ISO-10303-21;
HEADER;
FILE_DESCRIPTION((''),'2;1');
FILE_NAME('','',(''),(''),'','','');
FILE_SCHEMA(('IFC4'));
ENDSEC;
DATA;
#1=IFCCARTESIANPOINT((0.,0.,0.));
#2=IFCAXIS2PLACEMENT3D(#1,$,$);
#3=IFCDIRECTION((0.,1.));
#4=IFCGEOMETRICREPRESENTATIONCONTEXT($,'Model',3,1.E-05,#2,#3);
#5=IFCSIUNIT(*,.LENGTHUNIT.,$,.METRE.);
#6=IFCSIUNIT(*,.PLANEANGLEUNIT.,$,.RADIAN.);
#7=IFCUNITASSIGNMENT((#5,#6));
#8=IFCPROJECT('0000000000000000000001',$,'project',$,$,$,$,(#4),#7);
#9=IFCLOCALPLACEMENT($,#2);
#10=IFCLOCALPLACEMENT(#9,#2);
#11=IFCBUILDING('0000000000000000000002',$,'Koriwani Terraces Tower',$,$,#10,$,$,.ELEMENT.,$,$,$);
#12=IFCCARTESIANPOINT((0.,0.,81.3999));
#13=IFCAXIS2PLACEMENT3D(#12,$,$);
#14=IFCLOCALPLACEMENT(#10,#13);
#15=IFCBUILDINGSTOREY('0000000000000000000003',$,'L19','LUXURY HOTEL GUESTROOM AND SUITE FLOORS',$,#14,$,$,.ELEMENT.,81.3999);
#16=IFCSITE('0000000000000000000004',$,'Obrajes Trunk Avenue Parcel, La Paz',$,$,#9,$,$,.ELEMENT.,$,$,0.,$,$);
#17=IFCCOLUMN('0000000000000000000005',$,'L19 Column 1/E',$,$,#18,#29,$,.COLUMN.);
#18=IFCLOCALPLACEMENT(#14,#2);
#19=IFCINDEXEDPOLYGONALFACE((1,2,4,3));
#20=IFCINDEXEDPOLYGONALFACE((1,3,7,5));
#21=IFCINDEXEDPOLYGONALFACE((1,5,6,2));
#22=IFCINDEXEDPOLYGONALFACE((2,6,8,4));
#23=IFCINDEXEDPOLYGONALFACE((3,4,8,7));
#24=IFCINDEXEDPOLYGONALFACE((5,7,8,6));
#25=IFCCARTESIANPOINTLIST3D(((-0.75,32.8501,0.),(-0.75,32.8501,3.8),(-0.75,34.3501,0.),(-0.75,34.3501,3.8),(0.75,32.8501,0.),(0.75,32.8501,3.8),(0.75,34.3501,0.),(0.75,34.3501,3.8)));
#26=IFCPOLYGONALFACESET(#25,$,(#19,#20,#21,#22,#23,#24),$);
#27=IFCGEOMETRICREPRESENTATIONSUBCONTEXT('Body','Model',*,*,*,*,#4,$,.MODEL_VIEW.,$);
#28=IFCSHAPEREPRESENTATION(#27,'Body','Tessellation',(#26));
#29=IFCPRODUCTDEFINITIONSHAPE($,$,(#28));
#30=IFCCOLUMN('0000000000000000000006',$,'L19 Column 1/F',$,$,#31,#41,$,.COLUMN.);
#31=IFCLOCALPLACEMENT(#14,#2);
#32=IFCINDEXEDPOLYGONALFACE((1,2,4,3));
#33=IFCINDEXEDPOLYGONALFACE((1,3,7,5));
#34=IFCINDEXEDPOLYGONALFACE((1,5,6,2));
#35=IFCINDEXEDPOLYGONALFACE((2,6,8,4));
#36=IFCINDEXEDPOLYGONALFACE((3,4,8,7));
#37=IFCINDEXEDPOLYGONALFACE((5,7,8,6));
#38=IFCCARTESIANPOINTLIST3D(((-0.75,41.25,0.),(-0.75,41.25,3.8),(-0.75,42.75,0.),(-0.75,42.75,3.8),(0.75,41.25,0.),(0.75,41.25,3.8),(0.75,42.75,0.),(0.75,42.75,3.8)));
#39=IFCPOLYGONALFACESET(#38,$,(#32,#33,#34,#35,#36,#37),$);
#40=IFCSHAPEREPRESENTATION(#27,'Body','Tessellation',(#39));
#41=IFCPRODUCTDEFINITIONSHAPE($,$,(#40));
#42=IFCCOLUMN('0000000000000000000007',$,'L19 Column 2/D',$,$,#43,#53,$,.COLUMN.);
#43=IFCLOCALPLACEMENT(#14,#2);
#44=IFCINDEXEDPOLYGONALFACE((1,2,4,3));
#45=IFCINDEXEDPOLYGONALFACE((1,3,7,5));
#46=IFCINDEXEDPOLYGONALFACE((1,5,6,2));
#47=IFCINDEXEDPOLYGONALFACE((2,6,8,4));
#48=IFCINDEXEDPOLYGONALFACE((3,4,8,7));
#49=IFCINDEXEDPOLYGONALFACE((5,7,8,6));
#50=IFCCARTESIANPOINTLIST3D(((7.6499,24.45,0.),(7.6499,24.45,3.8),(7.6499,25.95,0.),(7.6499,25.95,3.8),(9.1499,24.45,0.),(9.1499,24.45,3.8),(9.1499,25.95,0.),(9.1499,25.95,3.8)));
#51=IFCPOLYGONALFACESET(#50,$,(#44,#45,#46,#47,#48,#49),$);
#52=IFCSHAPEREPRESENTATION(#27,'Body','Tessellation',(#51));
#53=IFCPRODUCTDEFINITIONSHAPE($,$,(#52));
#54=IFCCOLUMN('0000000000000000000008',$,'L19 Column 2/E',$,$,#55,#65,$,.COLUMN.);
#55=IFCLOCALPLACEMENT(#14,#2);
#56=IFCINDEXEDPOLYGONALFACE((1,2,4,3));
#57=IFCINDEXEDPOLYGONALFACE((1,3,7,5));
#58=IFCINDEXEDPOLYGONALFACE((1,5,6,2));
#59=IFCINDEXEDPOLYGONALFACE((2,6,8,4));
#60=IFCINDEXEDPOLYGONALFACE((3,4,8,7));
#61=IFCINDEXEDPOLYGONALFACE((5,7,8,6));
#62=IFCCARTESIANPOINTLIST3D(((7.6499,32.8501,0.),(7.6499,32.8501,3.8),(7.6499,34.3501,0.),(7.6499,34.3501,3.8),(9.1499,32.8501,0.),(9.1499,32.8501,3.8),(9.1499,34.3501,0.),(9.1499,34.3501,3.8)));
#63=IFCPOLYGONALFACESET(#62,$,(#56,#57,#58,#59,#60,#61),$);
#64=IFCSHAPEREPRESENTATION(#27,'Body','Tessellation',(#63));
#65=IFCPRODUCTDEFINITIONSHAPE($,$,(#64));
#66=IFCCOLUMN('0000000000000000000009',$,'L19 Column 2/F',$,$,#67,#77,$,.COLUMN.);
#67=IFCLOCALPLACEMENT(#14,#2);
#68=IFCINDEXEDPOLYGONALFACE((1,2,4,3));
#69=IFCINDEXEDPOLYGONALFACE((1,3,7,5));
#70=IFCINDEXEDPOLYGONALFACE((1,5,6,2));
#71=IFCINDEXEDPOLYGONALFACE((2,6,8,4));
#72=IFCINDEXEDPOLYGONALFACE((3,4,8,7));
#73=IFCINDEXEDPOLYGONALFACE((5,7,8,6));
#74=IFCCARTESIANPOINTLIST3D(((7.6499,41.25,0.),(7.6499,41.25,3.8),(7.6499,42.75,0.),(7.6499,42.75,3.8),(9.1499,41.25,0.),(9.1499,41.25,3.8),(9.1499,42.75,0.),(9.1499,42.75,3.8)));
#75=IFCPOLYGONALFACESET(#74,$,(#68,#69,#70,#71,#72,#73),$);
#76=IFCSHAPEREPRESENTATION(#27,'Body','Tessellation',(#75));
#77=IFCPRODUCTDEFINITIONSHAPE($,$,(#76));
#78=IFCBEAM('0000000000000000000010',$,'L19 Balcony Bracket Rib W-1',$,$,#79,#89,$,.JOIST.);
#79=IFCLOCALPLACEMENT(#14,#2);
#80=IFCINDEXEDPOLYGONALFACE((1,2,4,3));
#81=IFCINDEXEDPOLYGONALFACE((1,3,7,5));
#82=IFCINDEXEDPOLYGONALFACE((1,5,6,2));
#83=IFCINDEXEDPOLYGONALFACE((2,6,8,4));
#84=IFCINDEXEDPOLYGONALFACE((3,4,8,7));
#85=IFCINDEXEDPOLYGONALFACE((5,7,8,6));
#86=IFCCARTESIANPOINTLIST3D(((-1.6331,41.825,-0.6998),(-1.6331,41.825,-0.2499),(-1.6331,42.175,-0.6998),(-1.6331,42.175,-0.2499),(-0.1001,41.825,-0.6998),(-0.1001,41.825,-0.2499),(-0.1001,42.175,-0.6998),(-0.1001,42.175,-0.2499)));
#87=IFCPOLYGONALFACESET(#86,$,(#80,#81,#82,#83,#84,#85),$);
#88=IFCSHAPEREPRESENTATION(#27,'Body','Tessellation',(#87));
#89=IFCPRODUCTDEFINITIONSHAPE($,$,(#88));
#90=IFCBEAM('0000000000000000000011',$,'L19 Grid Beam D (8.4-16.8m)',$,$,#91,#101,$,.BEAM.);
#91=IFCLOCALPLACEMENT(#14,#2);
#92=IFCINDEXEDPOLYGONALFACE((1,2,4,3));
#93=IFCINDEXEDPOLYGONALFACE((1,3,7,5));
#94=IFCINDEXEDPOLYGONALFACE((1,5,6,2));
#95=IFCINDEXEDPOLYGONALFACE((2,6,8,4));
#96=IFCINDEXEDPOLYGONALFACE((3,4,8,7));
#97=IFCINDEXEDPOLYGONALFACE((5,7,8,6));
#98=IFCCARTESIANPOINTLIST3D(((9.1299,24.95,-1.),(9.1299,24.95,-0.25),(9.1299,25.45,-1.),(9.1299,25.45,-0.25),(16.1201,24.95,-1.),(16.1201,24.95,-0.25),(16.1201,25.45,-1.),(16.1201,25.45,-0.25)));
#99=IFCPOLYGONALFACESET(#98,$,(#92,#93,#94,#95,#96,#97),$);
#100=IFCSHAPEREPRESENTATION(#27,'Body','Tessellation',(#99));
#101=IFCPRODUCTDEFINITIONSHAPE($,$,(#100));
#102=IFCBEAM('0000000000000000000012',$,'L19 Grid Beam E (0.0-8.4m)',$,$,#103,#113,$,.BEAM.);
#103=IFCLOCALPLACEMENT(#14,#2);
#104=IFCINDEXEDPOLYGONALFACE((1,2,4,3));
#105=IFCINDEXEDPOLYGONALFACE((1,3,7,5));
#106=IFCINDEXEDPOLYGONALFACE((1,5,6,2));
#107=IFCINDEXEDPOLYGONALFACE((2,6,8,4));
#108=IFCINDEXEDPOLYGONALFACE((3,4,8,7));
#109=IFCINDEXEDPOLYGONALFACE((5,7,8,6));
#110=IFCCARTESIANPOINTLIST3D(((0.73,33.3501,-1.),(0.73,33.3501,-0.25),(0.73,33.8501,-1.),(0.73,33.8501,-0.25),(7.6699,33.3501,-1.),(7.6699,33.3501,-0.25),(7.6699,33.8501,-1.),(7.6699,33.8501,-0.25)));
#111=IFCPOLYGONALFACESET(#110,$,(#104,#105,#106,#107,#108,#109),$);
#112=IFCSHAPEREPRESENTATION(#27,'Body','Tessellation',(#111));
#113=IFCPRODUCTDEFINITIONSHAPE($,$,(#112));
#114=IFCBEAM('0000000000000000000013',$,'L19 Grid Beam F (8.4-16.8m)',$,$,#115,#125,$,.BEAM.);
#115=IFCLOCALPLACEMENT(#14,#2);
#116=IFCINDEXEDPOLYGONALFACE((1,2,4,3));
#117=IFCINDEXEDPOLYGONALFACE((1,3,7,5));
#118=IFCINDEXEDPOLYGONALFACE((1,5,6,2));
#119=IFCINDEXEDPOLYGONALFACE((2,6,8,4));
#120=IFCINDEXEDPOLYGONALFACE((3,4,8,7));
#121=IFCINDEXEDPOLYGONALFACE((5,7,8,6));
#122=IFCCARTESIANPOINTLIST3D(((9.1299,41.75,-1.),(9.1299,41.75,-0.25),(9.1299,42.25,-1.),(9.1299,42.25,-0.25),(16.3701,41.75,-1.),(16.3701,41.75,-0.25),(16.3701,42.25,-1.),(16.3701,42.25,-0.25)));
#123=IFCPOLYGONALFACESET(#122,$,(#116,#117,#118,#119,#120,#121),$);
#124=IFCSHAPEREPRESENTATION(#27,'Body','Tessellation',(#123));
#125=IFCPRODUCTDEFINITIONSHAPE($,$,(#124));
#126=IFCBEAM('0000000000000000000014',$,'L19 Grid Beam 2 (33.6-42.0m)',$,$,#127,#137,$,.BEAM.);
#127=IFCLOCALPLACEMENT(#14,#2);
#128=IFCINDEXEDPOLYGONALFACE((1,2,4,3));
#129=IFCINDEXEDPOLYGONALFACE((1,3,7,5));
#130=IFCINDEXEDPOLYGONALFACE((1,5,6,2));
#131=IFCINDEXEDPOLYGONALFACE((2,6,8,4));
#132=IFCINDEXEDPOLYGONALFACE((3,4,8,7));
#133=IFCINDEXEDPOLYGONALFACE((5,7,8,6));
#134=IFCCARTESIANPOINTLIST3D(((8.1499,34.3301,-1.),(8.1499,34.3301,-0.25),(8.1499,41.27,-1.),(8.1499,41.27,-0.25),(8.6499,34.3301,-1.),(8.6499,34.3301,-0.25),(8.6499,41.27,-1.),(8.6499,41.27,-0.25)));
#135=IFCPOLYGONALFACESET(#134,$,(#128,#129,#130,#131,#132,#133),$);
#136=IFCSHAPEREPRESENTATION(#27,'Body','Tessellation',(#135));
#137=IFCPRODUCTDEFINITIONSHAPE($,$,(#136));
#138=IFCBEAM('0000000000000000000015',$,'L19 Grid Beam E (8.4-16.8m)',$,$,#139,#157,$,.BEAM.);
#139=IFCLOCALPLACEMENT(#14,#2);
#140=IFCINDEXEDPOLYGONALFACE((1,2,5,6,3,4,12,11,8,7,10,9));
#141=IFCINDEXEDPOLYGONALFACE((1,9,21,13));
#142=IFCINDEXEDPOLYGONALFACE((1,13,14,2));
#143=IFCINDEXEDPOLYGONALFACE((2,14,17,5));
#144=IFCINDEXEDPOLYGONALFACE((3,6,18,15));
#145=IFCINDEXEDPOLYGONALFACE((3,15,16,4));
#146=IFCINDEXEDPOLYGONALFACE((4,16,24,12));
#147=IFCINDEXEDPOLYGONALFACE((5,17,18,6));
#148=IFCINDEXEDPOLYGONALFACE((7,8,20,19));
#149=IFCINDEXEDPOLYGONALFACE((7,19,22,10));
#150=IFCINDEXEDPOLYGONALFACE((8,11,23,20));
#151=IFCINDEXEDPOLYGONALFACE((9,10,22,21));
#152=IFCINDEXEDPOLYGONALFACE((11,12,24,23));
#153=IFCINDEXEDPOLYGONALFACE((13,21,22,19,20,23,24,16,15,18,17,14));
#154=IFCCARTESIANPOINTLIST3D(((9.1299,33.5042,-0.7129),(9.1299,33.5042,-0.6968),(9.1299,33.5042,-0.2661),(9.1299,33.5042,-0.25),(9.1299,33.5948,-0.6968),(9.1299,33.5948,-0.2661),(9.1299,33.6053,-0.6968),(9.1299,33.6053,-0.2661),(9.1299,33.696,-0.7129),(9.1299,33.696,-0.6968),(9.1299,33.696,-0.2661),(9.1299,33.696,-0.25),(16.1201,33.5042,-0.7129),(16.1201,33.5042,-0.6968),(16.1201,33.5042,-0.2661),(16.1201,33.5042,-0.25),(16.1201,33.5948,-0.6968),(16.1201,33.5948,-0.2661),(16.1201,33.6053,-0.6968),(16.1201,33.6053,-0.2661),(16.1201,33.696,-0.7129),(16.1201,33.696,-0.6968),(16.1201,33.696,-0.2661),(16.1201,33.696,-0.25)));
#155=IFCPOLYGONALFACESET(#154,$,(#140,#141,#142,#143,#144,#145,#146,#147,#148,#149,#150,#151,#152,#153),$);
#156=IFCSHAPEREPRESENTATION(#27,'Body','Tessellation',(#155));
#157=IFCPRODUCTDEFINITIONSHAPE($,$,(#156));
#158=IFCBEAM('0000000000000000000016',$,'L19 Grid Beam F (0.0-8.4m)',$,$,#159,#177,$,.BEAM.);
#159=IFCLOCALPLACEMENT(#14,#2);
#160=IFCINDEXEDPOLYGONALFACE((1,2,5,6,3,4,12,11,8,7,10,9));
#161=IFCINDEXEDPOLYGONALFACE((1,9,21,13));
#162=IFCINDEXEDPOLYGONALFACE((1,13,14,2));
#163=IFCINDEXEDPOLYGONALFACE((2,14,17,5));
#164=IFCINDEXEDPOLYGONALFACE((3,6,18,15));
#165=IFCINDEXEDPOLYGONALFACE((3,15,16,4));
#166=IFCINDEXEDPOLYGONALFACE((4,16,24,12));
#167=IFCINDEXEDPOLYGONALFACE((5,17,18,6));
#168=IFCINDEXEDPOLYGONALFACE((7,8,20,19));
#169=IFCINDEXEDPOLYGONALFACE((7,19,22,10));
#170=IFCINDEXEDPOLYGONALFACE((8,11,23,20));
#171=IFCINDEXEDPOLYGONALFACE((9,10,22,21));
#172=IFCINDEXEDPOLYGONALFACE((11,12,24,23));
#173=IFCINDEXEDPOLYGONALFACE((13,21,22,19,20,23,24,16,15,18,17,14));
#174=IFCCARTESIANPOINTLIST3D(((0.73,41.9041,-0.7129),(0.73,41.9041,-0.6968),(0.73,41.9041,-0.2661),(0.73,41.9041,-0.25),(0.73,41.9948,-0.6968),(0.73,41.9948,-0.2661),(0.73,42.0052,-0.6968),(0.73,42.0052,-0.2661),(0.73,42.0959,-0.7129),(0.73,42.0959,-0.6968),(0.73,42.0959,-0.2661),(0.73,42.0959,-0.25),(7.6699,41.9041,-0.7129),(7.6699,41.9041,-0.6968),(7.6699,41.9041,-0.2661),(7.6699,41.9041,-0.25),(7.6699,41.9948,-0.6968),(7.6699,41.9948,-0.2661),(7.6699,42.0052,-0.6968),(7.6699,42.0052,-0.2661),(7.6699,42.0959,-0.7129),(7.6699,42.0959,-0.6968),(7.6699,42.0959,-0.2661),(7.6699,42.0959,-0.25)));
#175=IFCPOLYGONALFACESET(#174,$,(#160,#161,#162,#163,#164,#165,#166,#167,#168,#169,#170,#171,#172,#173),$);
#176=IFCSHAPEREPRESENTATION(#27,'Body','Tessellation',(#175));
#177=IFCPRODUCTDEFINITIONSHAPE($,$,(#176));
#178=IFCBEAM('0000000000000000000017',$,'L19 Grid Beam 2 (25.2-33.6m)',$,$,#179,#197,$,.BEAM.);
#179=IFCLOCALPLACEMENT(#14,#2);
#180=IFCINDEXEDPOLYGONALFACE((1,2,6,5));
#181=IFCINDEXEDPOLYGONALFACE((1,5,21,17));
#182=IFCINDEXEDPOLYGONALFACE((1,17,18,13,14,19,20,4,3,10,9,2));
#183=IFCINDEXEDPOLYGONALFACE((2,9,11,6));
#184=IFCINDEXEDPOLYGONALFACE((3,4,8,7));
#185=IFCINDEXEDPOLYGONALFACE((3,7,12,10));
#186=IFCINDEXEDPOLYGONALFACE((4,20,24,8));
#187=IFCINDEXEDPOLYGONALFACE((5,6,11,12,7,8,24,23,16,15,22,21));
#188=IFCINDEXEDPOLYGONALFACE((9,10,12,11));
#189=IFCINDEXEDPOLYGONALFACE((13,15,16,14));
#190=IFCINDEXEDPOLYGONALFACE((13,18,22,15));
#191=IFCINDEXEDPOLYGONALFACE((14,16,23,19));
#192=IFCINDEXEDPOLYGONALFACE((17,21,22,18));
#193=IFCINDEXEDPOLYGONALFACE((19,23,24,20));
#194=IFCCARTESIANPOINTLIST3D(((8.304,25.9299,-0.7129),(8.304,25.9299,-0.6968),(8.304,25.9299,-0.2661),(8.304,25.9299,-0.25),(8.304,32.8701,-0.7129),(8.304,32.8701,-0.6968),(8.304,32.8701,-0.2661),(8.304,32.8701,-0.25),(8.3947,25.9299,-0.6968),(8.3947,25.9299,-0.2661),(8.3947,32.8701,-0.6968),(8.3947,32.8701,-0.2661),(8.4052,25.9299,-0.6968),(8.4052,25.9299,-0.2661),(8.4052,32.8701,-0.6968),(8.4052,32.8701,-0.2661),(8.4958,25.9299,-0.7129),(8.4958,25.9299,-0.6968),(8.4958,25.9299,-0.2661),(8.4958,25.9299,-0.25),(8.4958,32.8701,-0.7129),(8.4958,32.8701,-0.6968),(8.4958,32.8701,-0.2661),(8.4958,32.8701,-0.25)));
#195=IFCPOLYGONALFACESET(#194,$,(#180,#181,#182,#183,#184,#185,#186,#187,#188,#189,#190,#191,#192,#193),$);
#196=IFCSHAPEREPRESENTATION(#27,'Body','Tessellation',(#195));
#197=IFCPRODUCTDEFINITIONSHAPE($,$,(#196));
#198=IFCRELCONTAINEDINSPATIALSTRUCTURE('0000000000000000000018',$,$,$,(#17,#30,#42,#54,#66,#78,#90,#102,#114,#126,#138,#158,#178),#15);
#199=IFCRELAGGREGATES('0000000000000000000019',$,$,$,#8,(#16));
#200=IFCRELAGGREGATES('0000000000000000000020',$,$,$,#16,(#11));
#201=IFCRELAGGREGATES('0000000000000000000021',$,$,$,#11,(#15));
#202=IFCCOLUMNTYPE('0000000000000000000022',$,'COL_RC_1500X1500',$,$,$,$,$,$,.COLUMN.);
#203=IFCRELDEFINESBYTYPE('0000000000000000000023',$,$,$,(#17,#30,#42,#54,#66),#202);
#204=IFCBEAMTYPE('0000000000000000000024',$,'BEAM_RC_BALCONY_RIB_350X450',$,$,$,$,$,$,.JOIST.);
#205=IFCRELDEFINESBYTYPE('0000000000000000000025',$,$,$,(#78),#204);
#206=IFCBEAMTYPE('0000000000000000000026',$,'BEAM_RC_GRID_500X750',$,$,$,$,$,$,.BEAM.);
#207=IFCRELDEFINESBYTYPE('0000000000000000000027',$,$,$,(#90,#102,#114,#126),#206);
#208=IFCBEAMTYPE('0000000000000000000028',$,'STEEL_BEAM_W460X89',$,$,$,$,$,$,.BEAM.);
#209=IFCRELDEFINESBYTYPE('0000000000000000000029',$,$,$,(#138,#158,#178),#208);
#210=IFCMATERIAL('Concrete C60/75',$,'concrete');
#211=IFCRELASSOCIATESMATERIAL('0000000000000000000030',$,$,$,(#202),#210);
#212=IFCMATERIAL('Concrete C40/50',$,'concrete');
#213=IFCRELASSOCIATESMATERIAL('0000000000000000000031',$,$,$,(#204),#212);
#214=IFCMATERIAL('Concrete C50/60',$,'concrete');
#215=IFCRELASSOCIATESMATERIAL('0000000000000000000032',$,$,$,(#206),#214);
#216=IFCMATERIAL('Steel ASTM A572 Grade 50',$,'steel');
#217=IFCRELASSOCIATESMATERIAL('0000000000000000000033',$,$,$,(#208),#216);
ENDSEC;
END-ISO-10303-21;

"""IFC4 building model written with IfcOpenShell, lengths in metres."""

from ifc_helpers import new_model, si_unit, direction, frame, origin, origin_2d, place, context, subcontext, project, spatial, rectangle, i_section, extrude, material, material_profile, profile_set, type_object, element, save


model = new_model("IFC4")

# Units and contexts
model_context = context("Model", 3, precision=1e-05, world=origin(), true_north=direction((0.0, 1.0)))
body_context = subcontext(model_context, "Body", "Model", "MODEL_VIEW")
ifc_project = project(units=[si_unit("LENGTHUNIT", "METRE"), si_unit("PLANEANGLEUNIT", "RADIAN")], contexts=[model_context])

# Site, building, storey
site_placement = place(None, origin())
site = spatial("IfcSite", under=ifc_project, at=site_placement, Name="Obrajes Trunk Avenue Parcel, La Paz", CompositionType="ELEMENT", RefElevation=0.0)
building_placement = place(site_placement, origin())
building = spatial("IfcBuilding", under=site, at=building_placement, Name="Koriwani Terraces Tower", CompositionType="ELEMENT")
storey_placement = place(building_placement, frame((0.0, 0.0, 81.3999)))
storey = spatial("IfcBuildingStorey", under=building, at=storey_placement, Name="L19", Description="LUXURY HOTEL GUESTROOM AND SUITE FLOORS", CompositionType="ELEMENT", Elevation=81.3999)

# Columns
ifc_material_1 = material(Name="Concrete C60/75", Category="concrete")
ifc_material_profile_1 = material_profile(ifc_material_1, rectangle(XDim=1.5, YDim=1.5, at=origin_2d()), Name="Concrete C60/75", Category="LoadBearing")
ifc_profile_set_1 = profile_set([ifc_material_profile_1], Name="Concrete C60/75")
column_type = type_object("IfcColumnType", Name="COL_RC_1500X1500", PredefinedType="COLUMN", material=ifc_profile_set_1)
for number, where, z_axis, x_axis, name in (
    (1, (0.0, 33.6001, 0.0), (0.0, 0.0, 1.0), (1.0, 0.0, 0.0), "L19 Column 1/E"),
    (2, (0.0, 42.0, 0.0), (0.0, 0.0, 1.0), (1.0, 0.0, 0.0), "L19 Column 1/F"),
    (3, (8.3999, 25.2, 0.0), (0.0, 0.0, 1.0), (1.0, 0.0, 0.0), "L19 Column 2/D"),
    (4, (8.3999, 33.6001, 0.0), (0.0, 0.0, 1.0), (1.0, 0.0, 0.0), "L19 Column 2/E"),
    (5, (8.3999, 42.0, 0.0), (0.0, 0.0, 1.0), (1.0, 0.0, 0.0), "L19 Column 2/F"),
):
    element("IfcColumn", number, at=place(storey_placement, frame(where, z_axis=z_axis, x_axis=x_axis)), inside=storey, type_object=column_type, Name=name, PredefinedType="COLUMN", context=body_context, shape_type="SweptSolid", body=[
        extrude(rectangle(XDim=1.5, YDim=1.5, at=origin_2d()), origin(), (0.0, 0.0, 1.0), 3.8),
    ])

# Beams
ifc_material_2 = material(Name="Concrete C40/50", Category="concrete")
ifc_material_profile_2 = material_profile(ifc_material_2, rectangle(XDim=0.3501, YDim=0.45, at=origin_2d()), Name="Concrete C40/50", Category="LoadBearing")
ifc_profile_set_2 = profile_set([ifc_material_profile_2], Name="Concrete C40/50")
beam_type_1 = type_object("IfcBeamType", Name="BEAM_RC_BALCONY_RIB_350X450", PredefinedType="JOIST", material=ifc_profile_set_2)
beam_1_placement = place(storey_placement, frame((-1.6331, 42.0, -0.4749), z_axis=(1.0, 0.0, 0.0), x_axis=(0.0, 1.0, 0.0)))
element("IfcBeam", 6, at=beam_1_placement, inside=storey, type_object=beam_type_1, Name="L19 Balcony Bracket Rib W-1", PredefinedType="JOIST", context=body_context, shape_type="SweptSolid", body=[
    extrude(rectangle(XDim=0.3501, YDim=0.45, at=origin_2d()), origin(), (0.0, 0.0, 1.0), 1.533),
])
ifc_material_3 = material(Name="Concrete C50/60", Category="concrete")
ifc_material_profile_3 = material_profile(ifc_material_3, rectangle(XDim=0.5, YDim=0.75, at=origin_2d()), Name="Concrete C50/60", Category="LoadBearing")
ifc_profile_set_3 = profile_set([ifc_material_profile_3], Name="Concrete C50/60")
beam_type_2 = type_object("IfcBeamType", Name="BEAM_RC_GRID_500X750", PredefinedType="BEAM", material=ifc_profile_set_3)
beam_2_placement = place(storey_placement, frame((9.1299, 25.2, -0.625), z_axis=(1.0, 0.0, 0.0), x_axis=(0.0, 1.0, 0.0)))
element("IfcBeam", 7, at=beam_2_placement, inside=storey, type_object=beam_type_2, Name="L19 Grid Beam D (8.4-16.8m)", PredefinedType="BEAM", context=body_context, shape_type="SweptSolid", body=[
    extrude(rectangle(XDim=0.5, YDim=0.75, at=origin_2d()), origin(), (0.0, 0.0, 1.0), 6.9902),
])
beam_3_placement = place(storey_placement, frame((0.73, 33.6001, -0.625), z_axis=(1.0, 0.0, 0.0), x_axis=(0.0, 1.0, 0.0)))
element("IfcBeam", 8, at=beam_3_placement, inside=storey, type_object=beam_type_2, Name="L19 Grid Beam E (0.0-8.4m)", PredefinedType="BEAM", context=body_context, shape_type="SweptSolid", body=[
    extrude(rectangle(XDim=0.5, YDim=0.75, at=origin_2d()), origin(), (0.0, 0.0, 1.0), 6.9399),
])
beam_4_placement = place(storey_placement, frame((9.1299, 42.0, -0.625), z_axis=(1.0, 0.0, 0.0), x_axis=(0.0, 1.0, 0.0)))
element("IfcBeam", 9, at=beam_4_placement, inside=storey, type_object=beam_type_2, Name="L19 Grid Beam F (8.4-16.8m)", PredefinedType="BEAM", context=body_context, shape_type="SweptSolid", body=[
    extrude(rectangle(XDim=0.5, YDim=0.75, at=origin_2d()), origin(), (0.0, 0.0, 1.0), 7.2402),
])
beam_5_placement = place(storey_placement, frame((8.3999, 34.3301, -0.625), z_axis=(0.0, 1.0, 0.0), x_axis=(-1.0, 0.0, 0.0)))
element("IfcBeam", 10, at=beam_5_placement, inside=storey, type_object=beam_type_2, Name="L19 Grid Beam 2 (33.6-42.0m)", PredefinedType="BEAM", context=body_context, shape_type="SweptSolid", body=[
    extrude(rectangle(XDim=0.5, YDim=0.75, at=origin_2d()), origin(), (0.0, 0.0, 1.0), 6.9399),
])
ifc_material_4 = material(Name="Steel ASTM A572 Grade 50", Category="steel")
ifc_material_profile_4 = material_profile(ifc_material_4, i_section(OverallWidth=0.1919, OverallDepth=0.4629, WebThickness=0.0105, FlangeThickness=0.0161, at=origin_2d()), Name="Steel ASTM A572 Grade 50", Category="LoadBearing")
ifc_profile_set_4 = profile_set([ifc_material_profile_4], Name="Steel ASTM A572 Grade 50")
beam_type_3 = type_object("IfcBeamType", Name="STEEL_BEAM_W460X89", PredefinedType="BEAM", material=ifc_profile_set_4)
beam_6_placement = place(storey_placement, frame((9.1299, 33.6001, -0.4814), z_axis=(1.0, 0.0, 0.0), x_axis=(0.0, 1.0, 0.0)))
element("IfcBeam", 11, at=beam_6_placement, inside=storey, type_object=beam_type_3, Name="L19 Grid Beam E (8.4-16.8m)", PredefinedType="BEAM", context=body_context, shape_type="SweptSolid", body=[
    extrude(i_section(OverallWidth=0.1919, OverallDepth=0.4629, WebThickness=0.0105, FlangeThickness=0.0161, at=origin_2d()), origin(), (0.0, 0.0, 1.0), 6.9902),
])
beam_7_placement = place(storey_placement, frame((0.73, 42.0, -0.4814), z_axis=(1.0, 0.0, 0.0), x_axis=(0.0, 1.0, 0.0)))
element("IfcBeam", 12, at=beam_7_placement, inside=storey, type_object=beam_type_3, Name="L19 Grid Beam F (0.0-8.4m)", PredefinedType="BEAM", context=body_context, shape_type="SweptSolid", body=[
    extrude(i_section(OverallWidth=0.1919, OverallDepth=0.4629, WebThickness=0.0105, FlangeThickness=0.0161, at=origin_2d()), origin(), (0.0, 0.0, 1.0), 6.9399),
])
beam_8_placement = place(storey_placement, frame((8.3999, 25.9299, -0.4814), z_axis=(0.0, 1.0, 0.0), x_axis=(-1.0, 0.0, 0.0)))
element("IfcBeam", 13, at=beam_8_placement, inside=storey, type_object=beam_type_3, Name="L19 Grid Beam 2 (25.2-33.6m)", PredefinedType="BEAM", context=body_context, shape_type="SweptSolid", body=[
    extrude(i_section(OverallWidth=0.1919, OverallDepth=0.4629, WebThickness=0.0105, FlangeThickness=0.0161, at=origin_2d()), origin(), (0.0, 0.0, 1.0), 6.9402),
])

save(model, "model.ifc")
